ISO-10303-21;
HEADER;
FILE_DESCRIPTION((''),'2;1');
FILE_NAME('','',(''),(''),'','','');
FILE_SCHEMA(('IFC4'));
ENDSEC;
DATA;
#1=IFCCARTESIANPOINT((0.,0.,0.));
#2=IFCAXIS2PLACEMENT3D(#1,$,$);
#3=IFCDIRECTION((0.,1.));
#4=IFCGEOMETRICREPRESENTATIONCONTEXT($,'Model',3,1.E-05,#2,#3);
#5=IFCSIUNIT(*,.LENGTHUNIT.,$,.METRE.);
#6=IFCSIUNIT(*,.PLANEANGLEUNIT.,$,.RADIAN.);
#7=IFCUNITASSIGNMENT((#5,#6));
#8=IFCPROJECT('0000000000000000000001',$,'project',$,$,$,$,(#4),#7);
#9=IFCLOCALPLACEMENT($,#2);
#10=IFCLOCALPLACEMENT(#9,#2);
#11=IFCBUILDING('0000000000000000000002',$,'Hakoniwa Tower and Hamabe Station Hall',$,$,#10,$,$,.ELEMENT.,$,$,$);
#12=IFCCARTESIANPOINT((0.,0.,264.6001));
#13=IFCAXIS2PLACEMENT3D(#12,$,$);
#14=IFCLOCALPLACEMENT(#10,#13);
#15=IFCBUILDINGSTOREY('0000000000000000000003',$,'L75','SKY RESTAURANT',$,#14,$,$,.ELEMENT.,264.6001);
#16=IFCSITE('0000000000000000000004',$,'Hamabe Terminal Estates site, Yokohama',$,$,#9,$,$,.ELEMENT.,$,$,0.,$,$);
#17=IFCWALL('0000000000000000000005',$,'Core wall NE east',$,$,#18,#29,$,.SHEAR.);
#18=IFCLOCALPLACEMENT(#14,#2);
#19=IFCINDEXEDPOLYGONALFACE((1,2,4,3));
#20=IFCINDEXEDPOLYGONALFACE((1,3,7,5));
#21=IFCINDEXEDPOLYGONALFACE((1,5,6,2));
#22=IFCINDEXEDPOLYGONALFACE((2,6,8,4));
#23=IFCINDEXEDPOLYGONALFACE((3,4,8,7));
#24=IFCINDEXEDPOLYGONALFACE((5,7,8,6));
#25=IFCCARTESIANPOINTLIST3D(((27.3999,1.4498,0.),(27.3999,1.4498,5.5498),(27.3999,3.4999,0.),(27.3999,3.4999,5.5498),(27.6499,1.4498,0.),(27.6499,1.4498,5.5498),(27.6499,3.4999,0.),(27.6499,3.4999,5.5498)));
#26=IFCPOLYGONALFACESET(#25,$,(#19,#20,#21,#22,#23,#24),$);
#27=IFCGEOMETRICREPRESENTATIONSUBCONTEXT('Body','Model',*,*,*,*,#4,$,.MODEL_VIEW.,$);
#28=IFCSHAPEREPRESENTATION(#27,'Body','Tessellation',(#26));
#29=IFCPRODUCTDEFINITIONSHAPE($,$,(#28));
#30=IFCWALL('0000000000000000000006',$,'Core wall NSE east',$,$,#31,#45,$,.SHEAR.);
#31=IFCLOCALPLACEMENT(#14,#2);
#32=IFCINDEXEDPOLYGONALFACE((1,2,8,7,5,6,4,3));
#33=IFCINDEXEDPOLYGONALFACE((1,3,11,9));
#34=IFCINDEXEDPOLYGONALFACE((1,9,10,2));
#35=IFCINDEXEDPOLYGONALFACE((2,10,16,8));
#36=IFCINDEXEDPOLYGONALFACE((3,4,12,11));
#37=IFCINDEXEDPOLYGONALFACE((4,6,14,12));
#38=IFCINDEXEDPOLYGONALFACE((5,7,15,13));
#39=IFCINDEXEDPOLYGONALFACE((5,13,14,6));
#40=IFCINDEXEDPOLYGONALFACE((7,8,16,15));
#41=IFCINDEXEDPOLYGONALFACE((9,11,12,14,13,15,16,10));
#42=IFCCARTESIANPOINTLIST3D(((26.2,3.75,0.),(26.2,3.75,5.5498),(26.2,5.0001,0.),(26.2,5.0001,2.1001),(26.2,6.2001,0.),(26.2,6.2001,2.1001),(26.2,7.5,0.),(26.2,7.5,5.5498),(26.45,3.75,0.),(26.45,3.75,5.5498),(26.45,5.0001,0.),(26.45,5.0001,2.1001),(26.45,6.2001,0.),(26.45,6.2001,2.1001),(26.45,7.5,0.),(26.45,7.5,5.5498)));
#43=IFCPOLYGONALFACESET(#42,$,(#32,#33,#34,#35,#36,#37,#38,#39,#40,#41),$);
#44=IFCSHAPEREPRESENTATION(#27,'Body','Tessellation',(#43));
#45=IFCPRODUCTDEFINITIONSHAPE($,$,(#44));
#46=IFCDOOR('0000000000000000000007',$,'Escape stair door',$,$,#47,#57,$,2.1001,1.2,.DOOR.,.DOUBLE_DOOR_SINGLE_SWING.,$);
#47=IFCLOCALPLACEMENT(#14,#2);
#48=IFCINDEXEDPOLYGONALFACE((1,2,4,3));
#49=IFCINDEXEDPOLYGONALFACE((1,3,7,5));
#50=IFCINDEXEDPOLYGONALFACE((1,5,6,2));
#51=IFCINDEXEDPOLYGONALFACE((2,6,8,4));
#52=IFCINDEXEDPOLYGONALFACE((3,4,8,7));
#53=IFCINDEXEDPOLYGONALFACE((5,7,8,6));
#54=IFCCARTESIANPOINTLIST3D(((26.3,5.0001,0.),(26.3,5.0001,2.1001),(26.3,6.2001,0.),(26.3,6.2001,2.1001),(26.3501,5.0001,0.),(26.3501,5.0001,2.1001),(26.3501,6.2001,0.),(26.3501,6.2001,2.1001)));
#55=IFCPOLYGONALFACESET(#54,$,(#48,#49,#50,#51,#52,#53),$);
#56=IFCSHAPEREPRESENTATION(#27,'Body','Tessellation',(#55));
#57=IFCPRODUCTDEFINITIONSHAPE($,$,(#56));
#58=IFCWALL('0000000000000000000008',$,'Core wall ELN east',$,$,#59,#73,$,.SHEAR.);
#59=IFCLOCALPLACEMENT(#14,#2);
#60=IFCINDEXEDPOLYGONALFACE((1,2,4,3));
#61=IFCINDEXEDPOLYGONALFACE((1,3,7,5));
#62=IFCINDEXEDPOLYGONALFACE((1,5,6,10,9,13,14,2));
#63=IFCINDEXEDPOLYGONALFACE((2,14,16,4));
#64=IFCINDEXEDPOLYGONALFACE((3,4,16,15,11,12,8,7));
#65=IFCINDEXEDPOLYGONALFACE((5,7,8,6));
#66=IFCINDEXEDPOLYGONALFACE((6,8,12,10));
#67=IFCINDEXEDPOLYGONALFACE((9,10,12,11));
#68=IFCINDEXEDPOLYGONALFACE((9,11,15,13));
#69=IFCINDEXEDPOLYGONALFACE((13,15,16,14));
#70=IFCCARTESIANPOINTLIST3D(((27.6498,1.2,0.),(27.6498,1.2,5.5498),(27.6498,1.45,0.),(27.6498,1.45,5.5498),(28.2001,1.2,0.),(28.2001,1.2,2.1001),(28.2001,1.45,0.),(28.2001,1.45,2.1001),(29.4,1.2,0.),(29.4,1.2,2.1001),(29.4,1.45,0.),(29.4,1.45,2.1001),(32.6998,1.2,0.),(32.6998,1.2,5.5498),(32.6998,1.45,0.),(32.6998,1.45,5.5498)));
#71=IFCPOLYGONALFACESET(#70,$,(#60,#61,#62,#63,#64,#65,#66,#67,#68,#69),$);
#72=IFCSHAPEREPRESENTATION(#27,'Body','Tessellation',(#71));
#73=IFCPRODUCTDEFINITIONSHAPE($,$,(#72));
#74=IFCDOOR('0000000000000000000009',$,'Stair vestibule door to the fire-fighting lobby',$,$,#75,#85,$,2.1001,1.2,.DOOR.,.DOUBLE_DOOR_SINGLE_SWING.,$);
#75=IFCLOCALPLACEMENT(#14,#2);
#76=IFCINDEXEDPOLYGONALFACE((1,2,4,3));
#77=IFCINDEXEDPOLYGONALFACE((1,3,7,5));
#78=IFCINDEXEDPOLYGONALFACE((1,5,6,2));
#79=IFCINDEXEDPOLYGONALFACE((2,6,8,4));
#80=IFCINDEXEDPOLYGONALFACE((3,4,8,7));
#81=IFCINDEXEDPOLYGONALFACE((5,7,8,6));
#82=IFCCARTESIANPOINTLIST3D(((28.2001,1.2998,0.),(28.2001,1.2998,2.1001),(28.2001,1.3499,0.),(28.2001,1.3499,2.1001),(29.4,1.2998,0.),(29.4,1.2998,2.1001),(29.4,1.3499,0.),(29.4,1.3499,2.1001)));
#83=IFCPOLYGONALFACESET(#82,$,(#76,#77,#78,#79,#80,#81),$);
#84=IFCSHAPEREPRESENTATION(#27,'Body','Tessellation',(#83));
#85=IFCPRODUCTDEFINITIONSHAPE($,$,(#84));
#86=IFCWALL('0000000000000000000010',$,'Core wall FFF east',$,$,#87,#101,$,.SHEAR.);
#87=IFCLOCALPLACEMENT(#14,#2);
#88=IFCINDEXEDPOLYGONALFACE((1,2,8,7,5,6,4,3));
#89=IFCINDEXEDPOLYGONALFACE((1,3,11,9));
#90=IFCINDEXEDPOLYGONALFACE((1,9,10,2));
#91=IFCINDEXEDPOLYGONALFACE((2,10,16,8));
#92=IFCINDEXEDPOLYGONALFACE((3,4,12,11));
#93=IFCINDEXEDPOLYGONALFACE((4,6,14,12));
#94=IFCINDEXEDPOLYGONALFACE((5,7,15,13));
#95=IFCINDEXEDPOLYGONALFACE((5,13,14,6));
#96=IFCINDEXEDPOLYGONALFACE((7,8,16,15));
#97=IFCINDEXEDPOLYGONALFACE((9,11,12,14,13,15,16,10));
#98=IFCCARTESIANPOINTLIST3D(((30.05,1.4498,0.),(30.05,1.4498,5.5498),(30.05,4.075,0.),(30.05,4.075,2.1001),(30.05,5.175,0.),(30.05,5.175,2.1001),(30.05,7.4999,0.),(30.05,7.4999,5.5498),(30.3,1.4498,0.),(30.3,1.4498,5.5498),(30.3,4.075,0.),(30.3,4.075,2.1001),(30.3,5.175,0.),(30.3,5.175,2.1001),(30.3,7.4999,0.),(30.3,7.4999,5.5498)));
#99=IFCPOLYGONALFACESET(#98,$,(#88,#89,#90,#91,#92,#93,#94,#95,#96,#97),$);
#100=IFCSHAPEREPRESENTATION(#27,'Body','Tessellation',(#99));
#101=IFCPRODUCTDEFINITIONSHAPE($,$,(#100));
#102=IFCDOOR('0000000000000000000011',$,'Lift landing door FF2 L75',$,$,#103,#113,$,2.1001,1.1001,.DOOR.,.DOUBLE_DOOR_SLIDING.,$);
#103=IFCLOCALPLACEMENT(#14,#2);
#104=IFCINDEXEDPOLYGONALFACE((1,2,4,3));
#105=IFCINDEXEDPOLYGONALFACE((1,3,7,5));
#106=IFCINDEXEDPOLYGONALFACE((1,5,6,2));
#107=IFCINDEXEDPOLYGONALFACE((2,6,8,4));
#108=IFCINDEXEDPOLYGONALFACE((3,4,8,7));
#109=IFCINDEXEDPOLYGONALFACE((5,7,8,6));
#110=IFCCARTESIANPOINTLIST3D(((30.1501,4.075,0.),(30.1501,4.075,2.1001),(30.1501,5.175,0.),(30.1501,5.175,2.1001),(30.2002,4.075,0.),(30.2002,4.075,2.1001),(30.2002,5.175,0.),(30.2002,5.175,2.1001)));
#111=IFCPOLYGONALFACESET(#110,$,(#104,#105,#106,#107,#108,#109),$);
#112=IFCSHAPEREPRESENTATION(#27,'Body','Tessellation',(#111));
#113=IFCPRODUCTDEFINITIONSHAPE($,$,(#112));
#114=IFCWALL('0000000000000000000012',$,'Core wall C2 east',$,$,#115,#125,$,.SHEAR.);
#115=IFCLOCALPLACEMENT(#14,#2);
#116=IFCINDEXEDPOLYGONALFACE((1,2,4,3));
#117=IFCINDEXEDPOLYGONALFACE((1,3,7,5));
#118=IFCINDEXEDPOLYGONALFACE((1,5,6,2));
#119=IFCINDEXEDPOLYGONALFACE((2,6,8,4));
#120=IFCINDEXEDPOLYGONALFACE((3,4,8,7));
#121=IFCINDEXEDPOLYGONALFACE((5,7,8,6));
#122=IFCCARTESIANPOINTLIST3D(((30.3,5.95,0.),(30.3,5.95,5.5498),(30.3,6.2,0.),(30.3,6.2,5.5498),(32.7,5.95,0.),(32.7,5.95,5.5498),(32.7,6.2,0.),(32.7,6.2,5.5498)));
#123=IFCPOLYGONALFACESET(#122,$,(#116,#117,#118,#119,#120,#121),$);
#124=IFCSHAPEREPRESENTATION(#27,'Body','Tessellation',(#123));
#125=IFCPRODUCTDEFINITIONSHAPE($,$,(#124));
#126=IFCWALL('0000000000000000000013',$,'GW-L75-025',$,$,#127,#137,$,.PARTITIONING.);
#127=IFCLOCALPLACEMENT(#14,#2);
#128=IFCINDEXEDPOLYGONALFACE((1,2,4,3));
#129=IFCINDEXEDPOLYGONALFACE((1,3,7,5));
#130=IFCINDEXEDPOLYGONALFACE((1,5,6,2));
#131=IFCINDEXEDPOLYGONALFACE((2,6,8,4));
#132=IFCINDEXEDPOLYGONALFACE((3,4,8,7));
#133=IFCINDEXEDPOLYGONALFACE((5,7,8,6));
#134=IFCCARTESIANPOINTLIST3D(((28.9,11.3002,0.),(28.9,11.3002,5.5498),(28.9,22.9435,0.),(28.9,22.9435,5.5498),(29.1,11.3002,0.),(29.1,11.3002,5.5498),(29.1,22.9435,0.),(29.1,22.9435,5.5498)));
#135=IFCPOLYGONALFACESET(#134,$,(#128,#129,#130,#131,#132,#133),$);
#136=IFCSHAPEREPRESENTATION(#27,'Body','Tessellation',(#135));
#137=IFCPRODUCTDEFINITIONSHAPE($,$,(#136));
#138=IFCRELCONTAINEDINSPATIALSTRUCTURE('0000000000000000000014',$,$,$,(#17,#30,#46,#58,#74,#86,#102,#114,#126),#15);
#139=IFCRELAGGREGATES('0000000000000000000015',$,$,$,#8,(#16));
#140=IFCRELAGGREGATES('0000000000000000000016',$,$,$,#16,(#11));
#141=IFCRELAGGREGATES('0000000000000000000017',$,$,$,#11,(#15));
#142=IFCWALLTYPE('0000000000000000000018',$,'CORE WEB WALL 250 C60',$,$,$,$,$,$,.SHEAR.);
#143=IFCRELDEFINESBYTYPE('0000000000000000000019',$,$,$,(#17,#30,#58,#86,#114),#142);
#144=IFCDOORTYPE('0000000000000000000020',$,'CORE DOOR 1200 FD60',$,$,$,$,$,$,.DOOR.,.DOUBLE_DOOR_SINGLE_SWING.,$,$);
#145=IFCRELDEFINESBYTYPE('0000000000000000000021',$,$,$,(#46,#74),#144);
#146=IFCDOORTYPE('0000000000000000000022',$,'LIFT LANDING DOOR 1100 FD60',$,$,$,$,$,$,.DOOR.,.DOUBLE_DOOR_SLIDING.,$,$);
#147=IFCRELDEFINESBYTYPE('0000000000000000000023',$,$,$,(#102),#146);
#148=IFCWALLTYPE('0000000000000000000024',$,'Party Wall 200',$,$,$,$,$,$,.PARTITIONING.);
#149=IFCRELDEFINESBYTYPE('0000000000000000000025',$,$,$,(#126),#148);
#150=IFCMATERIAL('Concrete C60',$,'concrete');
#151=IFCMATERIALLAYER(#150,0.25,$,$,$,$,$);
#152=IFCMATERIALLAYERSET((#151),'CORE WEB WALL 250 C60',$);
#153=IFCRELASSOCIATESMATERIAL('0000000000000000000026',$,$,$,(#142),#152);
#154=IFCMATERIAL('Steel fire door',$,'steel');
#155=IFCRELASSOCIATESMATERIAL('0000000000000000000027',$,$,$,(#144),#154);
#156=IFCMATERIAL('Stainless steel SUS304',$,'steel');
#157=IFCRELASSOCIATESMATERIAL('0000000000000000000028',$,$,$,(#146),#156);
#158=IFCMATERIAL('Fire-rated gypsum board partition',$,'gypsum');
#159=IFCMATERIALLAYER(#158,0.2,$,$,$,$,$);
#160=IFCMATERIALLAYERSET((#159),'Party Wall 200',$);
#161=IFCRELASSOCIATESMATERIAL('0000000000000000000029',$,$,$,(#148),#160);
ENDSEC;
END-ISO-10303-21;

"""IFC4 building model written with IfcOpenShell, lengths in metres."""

from ifc_helpers import new_model, si_unit, direction, frame, frame_2d, origin, place, context, subcontext, project, spatial, rectangle, extrude, material, layer, layer_set, type_object, element, fill, save


model = new_model("IFC4")

# Units and contexts
model_context = context("Model", 3, precision=1e-05, world=origin(), true_north=direction((0.0, 1.0)))
body_context = subcontext(model_context, "Body", "Model", "MODEL_VIEW")
ifc_project = project(units=[si_unit("LENGTHUNIT", "METRE"), si_unit("PLANEANGLEUNIT", "RADIAN")], contexts=[model_context])

# Site, building, storey
site_placement = place(None, origin())
site = spatial("IfcSite", under=ifc_project, at=site_placement, Name="Hamabe Terminal Estates site, Yokohama", CompositionType="ELEMENT", RefElevation=0.0)
building_placement = place(site_placement, origin())
building = spatial("IfcBuilding", under=site, at=building_placement, Name="Hakoniwa Tower and Hamabe Station Hall", CompositionType="ELEMENT")
storey_placement = place(building_placement, frame((0.0, 0.0, 264.6001)))
storey = spatial("IfcBuildingStorey", under=building, at=storey_placement, Name="L75", Description="SKY RESTAURANT", CompositionType="ELEMENT", Elevation=264.6001)

# Wall
ifc_material_1 = material(Name="Concrete C60", Category="concrete")
ifc_layer_1 = layer(ifc_material_1, 0.25)
ifc_layer_set_1 = layer_set([ifc_layer_1], Name="CORE WEB WALL 250 C60")
wall_type_1 = type_object("IfcWallType", Name="CORE WEB WALL 250 C60", PredefinedType="SHEAR", material=ifc_layer_set_1)
wall_1_placement = place(storey_placement, frame((27.5249, 1.45, 0.0), z_axis=(0.0, 0.0, 1.0), x_axis=(0.0, 1.0, 0.0)))
element("IfcWall", 1, at=wall_1_placement, inside=storey, type_object=wall_type_1, Name="Core wall NE east", PredefinedType="SHEAR", context=body_context, shape_type="SweptSolid", body=[
    extrude(rectangle(XDim=2.05, YDim=0.25, at=frame_2d((1.0249, 0.0))), origin(), (0.0, 0.0, 1.0), 5.5498),
])

# Walls, openings, doors
wall_2_placement = place(storey_placement, frame((26.325, 3.75, 0.0), z_axis=(0.0, 0.0, 1.0), x_axis=(0.0, 1.0, 0.0)))
wall_2 = element("IfcWall", 2, at=wall_2_placement, inside=storey, type_object=wall_type_1, Name="Core wall NSE east", PredefinedType="SHEAR", context=body_context, shape_type="SweptSolid", body=[
    extrude(rectangle(XDim=3.75, YDim=0.25, at=frame_2d((1.875, 0.0))), origin(), (0.0, 0.0, 1.0), 5.5498),
])
opening_1_placement = place(wall_2_placement, frame((1.25, 0.0, 0.0)))
opening_1 = element("IfcOpeningElement", 3, at=opening_1_placement, cuts=wall_2, PredefinedType="OPENING", context=body_context, shape_type="SweptSolid", body=[
    extrude(rectangle(XDim=1.2, YDim=2.1001, at=frame_2d((0.6001, 1.05))), frame((0.0, 0.135, 0.0), z_axis=(0.0, -1.0, 0.0), x_axis=(1.0, 0.0, 0.0)), (0.0, 0.0, 1.0), 0.27),
])
ifc_material_2 = material(Name="Steel fire door", Category="steel")
door_type_1 = type_object("IfcDoorType", Name="CORE DOOR 1200 FD60", OperationType="DOUBLE_DOOR_SINGLE_SWING", PredefinedType="DOOR", material=ifc_material_2)
door_1_placement = place(opening_1_placement, origin())
door_1 = element("IfcDoor", 4, at=door_1_placement, inside=storey, type_object=door_type_1, Name="Escape stair door", OperationType="DOUBLE_DOOR_SINGLE_SWING", OverallHeight=2.1001, OverallWidth=1.2, PredefinedType="DOOR", context=body_context, shape_type="SweptSolid", body=[
    extrude(rectangle(XDim=1.2, YDim=2.1001, at=frame_2d((0.6001, 1.05))), frame((0.0, 0.0249, 0.0), z_axis=(0.0, -1.0, 0.0), x_axis=(1.0, 0.0, 0.0)), (0.0, 0.0, 1.0), 0.05),
])
fill(opening_1, door_1)
wall_3_placement = place(storey_placement, frame((27.6499, 1.325, 0.0), z_axis=(0.0, 0.0, 1.0), x_axis=(1.0, 0.0, 0.0)))
wall_3 = element("IfcWall", 5, at=wall_3_placement, inside=storey, type_object=wall_type_1, Name="Core wall ELN east", PredefinedType="SHEAR", context=body_context, shape_type="SweptSolid", body=[
    extrude(rectangle(XDim=5.05, YDim=0.25, at=frame_2d((2.5249, 0.0))), origin(), (0.0, 0.0, 1.0), 5.5498),
])
opening_2_placement = place(wall_3_placement, frame((0.55, 0.0, 0.0)))
opening_2 = element("IfcOpeningElement", 6, at=opening_2_placement, cuts=wall_3, PredefinedType="OPENING", context=body_context, shape_type="SweptSolid", body=[
    extrude(rectangle(XDim=1.2, YDim=2.1001, at=frame_2d((0.6001, 1.05))), frame((0.0, 0.135, 0.0), z_axis=(0.0, -1.0, 0.0), x_axis=(1.0, 0.0, 0.0)), (0.0, 0.0, 1.0), 0.27),
])
door_2_placement = place(opening_2_placement, origin())
door_2 = element("IfcDoor", 7, at=door_2_placement, inside=storey, type_object=door_type_1, Name="Stair vestibule door to the fire-fighting lobby", OperationType="DOUBLE_DOOR_SINGLE_SWING", OverallHeight=2.1001, OverallWidth=1.2, PredefinedType="DOOR", context=body_context, shape_type="SweptSolid", body=[
    extrude(rectangle(XDim=1.2, YDim=2.1001, at=frame_2d((0.6001, 1.05))), frame((0.0, 0.0249, 0.0), z_axis=(0.0, -1.0, 0.0), x_axis=(1.0, 0.0, 0.0)), (0.0, 0.0, 1.0), 0.05),
])
fill(opening_2, door_2)
wall_4_placement = place(storey_placement, frame((30.175, 1.45, 0.0), z_axis=(0.0, 0.0, 1.0), x_axis=(0.0, 1.0, 0.0)))
wall_4 = element("IfcWall", 8, at=wall_4_placement, inside=storey, type_object=wall_type_1, Name="Core wall FFF east", PredefinedType="SHEAR", context=body_context, shape_type="SweptSolid", body=[
    extrude(rectangle(XDim=6.05, YDim=0.25, at=frame_2d((3.0249, 0.0))), origin(), (0.0, 0.0, 1.0), 5.5498),
])
opening_3_placement = place(wall_4_placement, frame((2.625, 0.0, 0.0)))
opening_3 = element("IfcOpeningElement", 9, at=opening_3_placement, cuts=wall_4, PredefinedType="OPENING", context=body_context, shape_type="SweptSolid", body=[
    extrude(rectangle(XDim=1.1001, YDim=2.1001, at=frame_2d((0.55, 1.05))), frame((0.0, 0.135, 0.0), z_axis=(0.0, -1.0, 0.0), x_axis=(1.0, 0.0, 0.0)), (0.0, 0.0, 1.0), 0.27),
])
ifc_material_3 = material(Name="Stainless steel SUS304", Category="steel")
door_type_2 = type_object("IfcDoorType", Name="LIFT LANDING DOOR 1100 FD60", OperationType="DOUBLE_DOOR_SLIDING", PredefinedType="DOOR", material=ifc_material_3)
door_3_placement = place(opening_3_placement, origin())
door_3 = element("IfcDoor", 10, at=door_3_placement, inside=storey, type_object=door_type_2, Name="Lift landing door FF2 L75", OperationType="DOUBLE_DOOR_SLIDING", OverallHeight=2.1001, OverallWidth=1.1001, PredefinedType="DOOR", context=body_context, shape_type="SweptSolid", body=[
    extrude(rectangle(XDim=1.1001, YDim=2.1001, at=frame_2d((0.55, 1.05))), frame((0.0, 0.0249, 0.0), z_axis=(0.0, -1.0, 0.0), x_axis=(1.0, 0.0, 0.0)), (0.0, 0.0, 1.0), 0.05),
])
fill(opening_3, door_3)

# Walls
wall_5_placement = place(storey_placement, frame((30.3, 6.075, 0.0), z_axis=(0.0, 0.0, 1.0), x_axis=(1.0, 0.0, 0.0)))
element("IfcWall", 11, at=wall_5_placement, inside=storey, type_object=wall_type_1, Name="Core wall C2 east", PredefinedType="SHEAR", context=body_context, shape_type="SweptSolid", body=[
    extrude(rectangle(XDim=2.3999, YDim=0.25, at=frame_2d((1.2, 0.0))), origin(), (0.0, 0.0, 1.0), 5.5498),
])
ifc_material_4 = material(Name="Fire-rated gypsum board partition", Category="gypsum")
ifc_layer_2 = layer(ifc_material_4, 0.2)
ifc_layer_set_2 = layer_set([ifc_layer_2], Name="Party Wall 200")
wall_type_2 = type_object("IfcWallType", Name="Party Wall 200", PredefinedType="PARTITIONING", material=ifc_layer_set_2)
wall_6_placement = place(storey_placement, frame((29.0, 11.3, 0.0), z_axis=(0.0, 0.0, 1.0), x_axis=(0.0, 1.0, 0.0)))
element("IfcWall", 12, at=wall_6_placement, inside=storey, type_object=wall_type_2, Name="GW-L75-025", PredefinedType="PARTITIONING", context=body_context, shape_type="SweptSolid", body=[
    extrude(rectangle(XDim=11.6433, YDim=0.2, at=frame_2d((5.8218, 0.0))), origin(), (0.0, 0.0, 1.0), 5.5498),
])

save(model, "model.ifc")
